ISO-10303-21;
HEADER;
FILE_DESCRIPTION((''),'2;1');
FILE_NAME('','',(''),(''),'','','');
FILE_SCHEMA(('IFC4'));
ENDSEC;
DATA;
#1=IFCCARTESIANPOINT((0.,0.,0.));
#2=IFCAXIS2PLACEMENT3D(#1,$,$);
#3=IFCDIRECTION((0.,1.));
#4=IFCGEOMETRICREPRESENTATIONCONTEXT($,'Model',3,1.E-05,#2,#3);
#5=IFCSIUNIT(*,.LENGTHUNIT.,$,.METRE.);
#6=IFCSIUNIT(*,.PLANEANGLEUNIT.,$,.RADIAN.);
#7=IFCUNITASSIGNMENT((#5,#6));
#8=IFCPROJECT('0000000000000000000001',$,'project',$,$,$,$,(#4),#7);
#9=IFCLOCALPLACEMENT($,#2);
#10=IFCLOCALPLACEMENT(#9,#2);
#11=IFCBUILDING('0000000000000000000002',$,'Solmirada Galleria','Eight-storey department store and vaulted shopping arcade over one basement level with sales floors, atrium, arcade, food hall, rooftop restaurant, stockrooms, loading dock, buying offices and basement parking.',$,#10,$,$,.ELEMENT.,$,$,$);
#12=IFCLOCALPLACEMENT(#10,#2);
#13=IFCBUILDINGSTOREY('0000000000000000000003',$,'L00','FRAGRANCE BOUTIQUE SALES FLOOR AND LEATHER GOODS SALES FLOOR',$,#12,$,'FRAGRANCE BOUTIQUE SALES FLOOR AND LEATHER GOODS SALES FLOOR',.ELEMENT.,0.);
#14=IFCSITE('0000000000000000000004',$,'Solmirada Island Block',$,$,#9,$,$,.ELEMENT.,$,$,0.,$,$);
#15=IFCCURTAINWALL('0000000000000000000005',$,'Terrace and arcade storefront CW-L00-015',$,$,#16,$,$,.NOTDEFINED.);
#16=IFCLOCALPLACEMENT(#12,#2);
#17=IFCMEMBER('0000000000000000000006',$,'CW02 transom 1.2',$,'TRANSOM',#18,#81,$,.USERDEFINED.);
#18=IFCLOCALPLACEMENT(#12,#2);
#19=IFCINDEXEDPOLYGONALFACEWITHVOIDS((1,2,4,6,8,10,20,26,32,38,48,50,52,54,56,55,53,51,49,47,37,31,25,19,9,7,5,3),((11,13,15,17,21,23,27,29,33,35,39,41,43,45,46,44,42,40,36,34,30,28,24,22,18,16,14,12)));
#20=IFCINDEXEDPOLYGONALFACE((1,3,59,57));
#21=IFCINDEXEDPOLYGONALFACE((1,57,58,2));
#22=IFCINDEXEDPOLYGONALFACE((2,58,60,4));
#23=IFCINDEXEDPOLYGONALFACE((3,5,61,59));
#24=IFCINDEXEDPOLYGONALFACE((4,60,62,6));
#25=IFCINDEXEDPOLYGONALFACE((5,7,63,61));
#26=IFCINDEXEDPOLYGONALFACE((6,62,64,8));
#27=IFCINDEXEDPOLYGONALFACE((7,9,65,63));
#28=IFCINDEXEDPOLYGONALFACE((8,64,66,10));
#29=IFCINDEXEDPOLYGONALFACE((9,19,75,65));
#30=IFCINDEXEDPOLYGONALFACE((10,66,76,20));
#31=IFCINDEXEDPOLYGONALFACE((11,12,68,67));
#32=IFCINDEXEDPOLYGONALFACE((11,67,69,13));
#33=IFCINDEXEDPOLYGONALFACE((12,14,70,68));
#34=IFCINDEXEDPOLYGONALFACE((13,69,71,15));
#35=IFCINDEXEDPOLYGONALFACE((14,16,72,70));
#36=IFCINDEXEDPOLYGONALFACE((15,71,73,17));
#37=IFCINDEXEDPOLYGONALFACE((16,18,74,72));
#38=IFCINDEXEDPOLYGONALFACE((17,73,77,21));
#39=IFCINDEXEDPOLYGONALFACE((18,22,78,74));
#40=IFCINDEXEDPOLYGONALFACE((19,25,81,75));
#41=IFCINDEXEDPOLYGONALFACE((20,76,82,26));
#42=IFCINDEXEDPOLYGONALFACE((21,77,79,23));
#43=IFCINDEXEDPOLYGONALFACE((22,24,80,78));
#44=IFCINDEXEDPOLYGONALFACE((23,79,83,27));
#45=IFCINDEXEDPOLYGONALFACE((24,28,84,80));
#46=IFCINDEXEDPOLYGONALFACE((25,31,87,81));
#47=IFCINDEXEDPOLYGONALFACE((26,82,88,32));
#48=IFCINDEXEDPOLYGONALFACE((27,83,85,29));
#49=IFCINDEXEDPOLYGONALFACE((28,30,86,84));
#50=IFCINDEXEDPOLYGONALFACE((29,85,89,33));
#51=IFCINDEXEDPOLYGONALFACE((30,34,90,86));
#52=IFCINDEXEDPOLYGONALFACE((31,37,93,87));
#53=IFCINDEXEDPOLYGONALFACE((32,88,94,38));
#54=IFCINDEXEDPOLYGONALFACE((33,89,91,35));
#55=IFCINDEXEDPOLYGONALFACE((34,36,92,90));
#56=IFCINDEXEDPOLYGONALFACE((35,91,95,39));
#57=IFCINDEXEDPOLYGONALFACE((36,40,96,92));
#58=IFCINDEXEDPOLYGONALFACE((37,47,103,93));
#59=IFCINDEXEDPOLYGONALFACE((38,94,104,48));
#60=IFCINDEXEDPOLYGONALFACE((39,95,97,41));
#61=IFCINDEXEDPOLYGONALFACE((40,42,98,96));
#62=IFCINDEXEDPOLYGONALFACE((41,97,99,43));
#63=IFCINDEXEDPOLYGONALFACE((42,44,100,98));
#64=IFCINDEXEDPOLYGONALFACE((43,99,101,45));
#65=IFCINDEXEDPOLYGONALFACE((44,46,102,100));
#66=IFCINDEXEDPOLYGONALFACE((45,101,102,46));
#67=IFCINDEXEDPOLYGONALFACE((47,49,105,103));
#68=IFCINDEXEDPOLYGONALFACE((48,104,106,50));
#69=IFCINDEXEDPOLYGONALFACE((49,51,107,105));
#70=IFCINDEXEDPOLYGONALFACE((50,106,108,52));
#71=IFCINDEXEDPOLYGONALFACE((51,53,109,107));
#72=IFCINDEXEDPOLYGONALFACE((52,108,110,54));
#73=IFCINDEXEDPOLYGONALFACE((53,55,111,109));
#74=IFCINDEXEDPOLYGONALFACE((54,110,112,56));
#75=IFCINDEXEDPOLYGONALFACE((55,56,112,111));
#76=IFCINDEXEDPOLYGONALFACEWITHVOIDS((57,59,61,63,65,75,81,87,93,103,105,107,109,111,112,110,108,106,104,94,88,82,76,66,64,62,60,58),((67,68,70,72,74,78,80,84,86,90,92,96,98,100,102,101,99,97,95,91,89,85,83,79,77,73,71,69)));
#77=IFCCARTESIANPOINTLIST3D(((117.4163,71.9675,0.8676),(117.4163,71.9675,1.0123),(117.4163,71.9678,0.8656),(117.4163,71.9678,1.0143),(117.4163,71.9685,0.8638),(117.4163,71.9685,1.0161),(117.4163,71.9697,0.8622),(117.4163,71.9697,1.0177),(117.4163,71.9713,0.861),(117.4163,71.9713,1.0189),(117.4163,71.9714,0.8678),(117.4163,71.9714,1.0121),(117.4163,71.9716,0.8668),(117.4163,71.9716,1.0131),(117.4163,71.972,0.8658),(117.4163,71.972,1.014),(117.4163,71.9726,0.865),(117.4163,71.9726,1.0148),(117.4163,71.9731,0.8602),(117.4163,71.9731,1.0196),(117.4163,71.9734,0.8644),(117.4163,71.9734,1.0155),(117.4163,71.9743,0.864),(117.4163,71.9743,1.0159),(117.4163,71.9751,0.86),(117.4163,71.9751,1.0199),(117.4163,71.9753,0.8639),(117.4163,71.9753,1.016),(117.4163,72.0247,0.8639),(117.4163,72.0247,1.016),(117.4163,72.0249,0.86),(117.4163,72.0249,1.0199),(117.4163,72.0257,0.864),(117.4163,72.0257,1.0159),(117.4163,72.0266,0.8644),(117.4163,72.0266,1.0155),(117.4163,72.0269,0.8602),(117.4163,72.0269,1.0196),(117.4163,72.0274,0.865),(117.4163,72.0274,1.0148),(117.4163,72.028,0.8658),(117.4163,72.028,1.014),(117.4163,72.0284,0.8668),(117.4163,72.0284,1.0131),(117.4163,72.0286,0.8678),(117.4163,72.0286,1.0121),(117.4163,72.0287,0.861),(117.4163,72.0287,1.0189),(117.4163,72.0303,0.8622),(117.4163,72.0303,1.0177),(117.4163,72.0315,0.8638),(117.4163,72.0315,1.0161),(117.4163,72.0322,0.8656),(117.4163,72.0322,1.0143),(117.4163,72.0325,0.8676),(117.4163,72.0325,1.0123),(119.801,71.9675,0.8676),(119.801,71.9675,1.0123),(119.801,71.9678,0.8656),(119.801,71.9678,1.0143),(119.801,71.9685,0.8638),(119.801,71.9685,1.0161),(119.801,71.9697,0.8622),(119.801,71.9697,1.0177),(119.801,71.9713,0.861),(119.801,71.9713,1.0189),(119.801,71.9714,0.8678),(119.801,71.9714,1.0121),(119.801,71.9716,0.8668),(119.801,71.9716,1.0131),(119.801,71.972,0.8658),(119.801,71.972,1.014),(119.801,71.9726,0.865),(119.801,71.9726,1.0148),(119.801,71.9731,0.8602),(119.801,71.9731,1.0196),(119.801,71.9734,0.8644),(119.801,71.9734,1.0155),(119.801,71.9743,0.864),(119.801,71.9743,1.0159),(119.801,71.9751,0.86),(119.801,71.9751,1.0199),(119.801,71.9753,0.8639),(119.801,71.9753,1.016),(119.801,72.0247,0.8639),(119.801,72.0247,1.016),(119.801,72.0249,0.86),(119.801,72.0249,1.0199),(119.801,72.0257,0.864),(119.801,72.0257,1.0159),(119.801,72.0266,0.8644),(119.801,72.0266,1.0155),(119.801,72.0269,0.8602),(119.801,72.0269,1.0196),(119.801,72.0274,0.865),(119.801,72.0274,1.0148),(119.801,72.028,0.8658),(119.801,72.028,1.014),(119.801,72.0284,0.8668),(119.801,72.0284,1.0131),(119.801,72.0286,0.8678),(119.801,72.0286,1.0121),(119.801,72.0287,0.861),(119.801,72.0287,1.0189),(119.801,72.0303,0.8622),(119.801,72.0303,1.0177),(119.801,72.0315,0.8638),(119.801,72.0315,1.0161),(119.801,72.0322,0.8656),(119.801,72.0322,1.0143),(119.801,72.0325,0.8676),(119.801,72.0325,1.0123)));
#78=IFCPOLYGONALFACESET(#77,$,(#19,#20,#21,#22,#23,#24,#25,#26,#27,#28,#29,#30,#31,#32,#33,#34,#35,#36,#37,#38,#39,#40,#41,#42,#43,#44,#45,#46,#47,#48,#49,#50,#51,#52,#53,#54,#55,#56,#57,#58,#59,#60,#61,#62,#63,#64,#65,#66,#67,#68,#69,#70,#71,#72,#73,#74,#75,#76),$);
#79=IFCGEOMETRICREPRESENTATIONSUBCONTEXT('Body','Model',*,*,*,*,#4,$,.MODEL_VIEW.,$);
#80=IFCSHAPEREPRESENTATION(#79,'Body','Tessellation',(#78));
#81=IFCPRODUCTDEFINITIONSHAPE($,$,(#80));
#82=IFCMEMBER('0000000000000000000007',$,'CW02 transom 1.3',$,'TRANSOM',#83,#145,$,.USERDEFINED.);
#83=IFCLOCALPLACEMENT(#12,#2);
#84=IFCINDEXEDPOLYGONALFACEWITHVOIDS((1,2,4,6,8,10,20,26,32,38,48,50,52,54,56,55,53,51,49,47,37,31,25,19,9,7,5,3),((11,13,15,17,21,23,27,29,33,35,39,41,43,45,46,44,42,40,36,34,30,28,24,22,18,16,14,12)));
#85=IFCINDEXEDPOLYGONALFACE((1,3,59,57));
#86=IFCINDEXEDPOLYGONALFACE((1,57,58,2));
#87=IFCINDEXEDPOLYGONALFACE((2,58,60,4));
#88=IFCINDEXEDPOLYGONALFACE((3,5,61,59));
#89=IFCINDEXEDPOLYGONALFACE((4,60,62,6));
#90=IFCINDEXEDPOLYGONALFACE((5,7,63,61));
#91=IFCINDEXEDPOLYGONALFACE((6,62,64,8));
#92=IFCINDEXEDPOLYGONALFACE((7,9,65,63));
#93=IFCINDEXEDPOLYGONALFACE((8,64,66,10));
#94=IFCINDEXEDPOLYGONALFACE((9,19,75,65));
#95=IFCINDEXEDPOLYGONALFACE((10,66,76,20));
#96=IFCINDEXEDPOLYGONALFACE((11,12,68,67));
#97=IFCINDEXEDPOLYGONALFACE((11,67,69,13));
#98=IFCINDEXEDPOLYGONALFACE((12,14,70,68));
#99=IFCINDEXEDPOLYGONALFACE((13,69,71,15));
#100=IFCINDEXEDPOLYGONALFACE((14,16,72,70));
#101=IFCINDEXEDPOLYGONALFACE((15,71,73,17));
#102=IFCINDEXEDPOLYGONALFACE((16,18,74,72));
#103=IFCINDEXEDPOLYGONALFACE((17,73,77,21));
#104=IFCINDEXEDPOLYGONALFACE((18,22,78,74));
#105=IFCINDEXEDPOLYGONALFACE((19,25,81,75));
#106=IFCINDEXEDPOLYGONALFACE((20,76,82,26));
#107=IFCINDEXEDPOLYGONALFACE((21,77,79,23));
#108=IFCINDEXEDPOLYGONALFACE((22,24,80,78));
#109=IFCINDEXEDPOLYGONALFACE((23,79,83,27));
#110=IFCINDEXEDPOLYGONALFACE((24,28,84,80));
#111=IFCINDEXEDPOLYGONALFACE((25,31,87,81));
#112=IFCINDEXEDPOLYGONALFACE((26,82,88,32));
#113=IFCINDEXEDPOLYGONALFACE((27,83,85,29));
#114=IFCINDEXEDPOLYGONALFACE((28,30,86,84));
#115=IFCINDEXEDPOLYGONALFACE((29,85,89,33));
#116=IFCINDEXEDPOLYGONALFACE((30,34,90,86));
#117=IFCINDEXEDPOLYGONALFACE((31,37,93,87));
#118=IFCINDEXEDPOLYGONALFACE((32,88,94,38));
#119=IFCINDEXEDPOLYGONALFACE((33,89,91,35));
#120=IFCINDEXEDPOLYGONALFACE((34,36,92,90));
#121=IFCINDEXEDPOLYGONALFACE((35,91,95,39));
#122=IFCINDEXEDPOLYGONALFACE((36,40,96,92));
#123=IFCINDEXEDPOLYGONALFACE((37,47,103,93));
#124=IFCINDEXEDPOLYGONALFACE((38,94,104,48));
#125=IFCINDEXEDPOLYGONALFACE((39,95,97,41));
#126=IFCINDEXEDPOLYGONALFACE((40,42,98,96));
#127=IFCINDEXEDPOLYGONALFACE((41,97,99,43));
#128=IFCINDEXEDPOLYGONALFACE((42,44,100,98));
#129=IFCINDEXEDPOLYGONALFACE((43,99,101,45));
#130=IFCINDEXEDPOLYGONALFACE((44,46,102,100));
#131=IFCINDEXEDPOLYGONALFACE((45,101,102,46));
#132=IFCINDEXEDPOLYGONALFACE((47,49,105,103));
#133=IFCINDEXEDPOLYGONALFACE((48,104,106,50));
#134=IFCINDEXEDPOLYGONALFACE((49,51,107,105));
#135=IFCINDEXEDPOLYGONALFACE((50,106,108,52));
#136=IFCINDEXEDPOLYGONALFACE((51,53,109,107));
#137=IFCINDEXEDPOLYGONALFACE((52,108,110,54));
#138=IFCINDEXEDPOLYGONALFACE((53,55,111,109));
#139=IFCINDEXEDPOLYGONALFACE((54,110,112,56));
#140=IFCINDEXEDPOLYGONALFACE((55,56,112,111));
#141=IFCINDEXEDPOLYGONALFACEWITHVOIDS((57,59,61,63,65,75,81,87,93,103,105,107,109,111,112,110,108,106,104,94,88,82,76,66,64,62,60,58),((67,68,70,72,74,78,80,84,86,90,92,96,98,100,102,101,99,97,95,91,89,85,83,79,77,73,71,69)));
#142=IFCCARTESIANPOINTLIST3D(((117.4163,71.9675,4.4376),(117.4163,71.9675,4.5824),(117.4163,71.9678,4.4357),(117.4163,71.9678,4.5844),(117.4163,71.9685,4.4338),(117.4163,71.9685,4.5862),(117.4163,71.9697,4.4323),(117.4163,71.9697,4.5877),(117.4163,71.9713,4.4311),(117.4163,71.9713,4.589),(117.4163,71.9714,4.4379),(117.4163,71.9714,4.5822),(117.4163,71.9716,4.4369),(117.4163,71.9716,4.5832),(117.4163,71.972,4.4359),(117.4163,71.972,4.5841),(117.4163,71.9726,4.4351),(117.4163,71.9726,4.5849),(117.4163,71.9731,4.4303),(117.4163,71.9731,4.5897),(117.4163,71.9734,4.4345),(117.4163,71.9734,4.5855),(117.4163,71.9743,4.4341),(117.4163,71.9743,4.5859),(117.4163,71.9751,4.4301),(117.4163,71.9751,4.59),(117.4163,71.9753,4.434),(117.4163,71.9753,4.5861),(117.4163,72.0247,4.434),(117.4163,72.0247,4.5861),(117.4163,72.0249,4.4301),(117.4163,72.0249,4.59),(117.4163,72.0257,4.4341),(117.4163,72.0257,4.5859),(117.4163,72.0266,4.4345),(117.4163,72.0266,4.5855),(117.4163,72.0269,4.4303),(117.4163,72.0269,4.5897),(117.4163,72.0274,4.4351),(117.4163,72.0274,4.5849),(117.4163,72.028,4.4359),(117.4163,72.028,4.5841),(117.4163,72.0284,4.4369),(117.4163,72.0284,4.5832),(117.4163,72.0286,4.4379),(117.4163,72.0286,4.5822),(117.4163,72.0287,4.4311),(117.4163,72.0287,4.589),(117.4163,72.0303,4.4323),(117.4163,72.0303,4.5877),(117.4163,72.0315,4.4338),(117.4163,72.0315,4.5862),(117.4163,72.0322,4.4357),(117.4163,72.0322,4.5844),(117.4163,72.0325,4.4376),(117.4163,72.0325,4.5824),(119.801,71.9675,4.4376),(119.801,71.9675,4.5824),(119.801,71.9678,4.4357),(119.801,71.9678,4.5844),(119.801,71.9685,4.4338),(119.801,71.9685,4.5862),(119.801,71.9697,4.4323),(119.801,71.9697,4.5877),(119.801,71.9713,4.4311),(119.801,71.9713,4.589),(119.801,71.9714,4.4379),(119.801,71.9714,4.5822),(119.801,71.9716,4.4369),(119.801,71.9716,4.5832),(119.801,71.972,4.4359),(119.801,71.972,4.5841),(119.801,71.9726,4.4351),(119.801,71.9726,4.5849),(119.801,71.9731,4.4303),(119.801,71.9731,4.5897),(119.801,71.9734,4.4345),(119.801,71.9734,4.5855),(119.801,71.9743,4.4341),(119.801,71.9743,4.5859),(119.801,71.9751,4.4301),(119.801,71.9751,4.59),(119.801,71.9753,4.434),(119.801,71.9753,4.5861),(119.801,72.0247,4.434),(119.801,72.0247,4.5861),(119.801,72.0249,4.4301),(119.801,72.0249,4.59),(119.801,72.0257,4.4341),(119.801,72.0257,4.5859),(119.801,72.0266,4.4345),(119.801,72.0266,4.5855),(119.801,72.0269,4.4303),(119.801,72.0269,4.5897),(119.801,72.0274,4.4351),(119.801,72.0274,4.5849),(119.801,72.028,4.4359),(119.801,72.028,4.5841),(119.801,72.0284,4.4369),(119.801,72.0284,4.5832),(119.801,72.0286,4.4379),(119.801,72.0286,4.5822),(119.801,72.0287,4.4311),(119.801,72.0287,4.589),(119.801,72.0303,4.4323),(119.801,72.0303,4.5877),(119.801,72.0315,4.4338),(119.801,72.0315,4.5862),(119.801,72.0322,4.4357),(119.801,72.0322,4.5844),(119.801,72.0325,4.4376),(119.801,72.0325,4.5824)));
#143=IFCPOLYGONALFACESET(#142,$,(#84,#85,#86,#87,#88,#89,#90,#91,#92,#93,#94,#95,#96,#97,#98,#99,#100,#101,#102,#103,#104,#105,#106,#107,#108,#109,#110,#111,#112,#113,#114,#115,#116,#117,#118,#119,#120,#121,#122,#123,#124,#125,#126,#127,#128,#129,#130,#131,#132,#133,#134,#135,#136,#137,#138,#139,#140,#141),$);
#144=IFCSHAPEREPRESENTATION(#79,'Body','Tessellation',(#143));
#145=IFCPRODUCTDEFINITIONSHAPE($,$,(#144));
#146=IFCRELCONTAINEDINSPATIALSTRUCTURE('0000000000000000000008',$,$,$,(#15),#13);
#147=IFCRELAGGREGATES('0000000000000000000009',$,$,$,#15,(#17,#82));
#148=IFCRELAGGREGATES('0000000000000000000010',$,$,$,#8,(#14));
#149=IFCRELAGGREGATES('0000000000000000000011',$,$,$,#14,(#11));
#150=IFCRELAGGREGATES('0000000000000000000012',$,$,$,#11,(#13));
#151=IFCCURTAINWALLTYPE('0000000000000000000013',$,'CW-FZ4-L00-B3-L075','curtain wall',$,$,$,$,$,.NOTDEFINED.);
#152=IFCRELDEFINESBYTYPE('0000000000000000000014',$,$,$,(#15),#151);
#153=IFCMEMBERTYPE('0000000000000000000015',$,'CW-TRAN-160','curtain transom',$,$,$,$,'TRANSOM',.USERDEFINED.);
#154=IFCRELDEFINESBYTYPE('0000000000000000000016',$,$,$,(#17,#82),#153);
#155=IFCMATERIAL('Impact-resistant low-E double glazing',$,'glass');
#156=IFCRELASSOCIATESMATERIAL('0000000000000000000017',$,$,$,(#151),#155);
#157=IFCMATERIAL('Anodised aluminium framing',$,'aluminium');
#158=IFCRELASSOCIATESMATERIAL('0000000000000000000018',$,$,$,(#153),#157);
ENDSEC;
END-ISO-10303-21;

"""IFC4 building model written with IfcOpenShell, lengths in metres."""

from ifc_helpers import new_model, si_unit, direction, frame, origin, origin_2d, place, context, subcontext, project, spatial, hollow_rectangle, extrude, material, material_profile, profile_set, type_object, element, aggregate, save


model = new_model("IFC4")

# Units and contexts
model_context = context("Model", 3, precision=1e-05, world=origin(), true_north=direction((0.0, 1.0)))
body_context = subcontext(model_context, "Body", "Model", "MODEL_VIEW")
ifc_project = project(units=[si_unit("LENGTHUNIT", "METRE"), si_unit("PLANEANGLEUNIT", "RADIAN")], contexts=[model_context])

# Site, building, storey
site_placement = place(None, origin())
site = spatial("IfcSite", under=ifc_project, at=site_placement, Name="Solmirada Island Block", CompositionType="ELEMENT", RefElevation=0.0)
building_placement = place(site_placement, origin())
building = spatial("IfcBuilding", under=site, at=building_placement, Name="Solmirada Galleria", Description="Eight-storey department store and vaulted shopping arcade over one basement level with sales floors, atrium, arcade, food hall, rooftop restaurant, stockrooms, loading dock, buying offices and basement parking.", CompositionType="ELEMENT")
storey_placement = place(building_placement, origin())
storey = spatial("IfcBuildingStorey", under=building, at=storey_placement, Name="L00", Description="FRAGRANCE BOUTIQUE SALES FLOOR AND LEATHER GOODS SALES FLOOR", LongName="FRAGRANCE BOUTIQUE SALES FLOOR AND LEATHER GOODS SALES FLOOR", CompositionType="ELEMENT", Elevation=0.0)

# Curtain wall
ifc_material_1 = material(Name="Impact-resistant low-E double glazing", Category="glass")
curtain_wall_type_1 = type_object("IfcCurtainWallType", Name="CW-FZ4-L00-B3-L075", Description="curtain wall", PredefinedType="NOTDEFINED", material=ifc_material_1)
curtain_wall_1_placement = place(storey_placement, origin())
curtain_wall_1 = element("IfcCurtainWall", 1, at=curtain_wall_1_placement, inside=storey, type_object=curtain_wall_type_1, Name="Terrace and arcade storefront CW-L00-015", PredefinedType="NOTDEFINED")
ifc_material_2 = material(Name="Anodised aluminium framing", Category="aluminium")

# Members
ifc_material_profile_1 = material_profile(ifc_material_2, hollow_rectangle(XDim=0.0649, YDim=0.1599, WallThickness=0.0039, InnerFilletRadius=0.0039, OuterFilletRadius=0.0076, at=origin_2d()), Name="ALU-TRAN-160X65")
ifc_profile_set_1 = profile_set([ifc_material_profile_1], Name="Anodised aluminium framing")
member_type_1 = type_object("IfcMemberType", Name="CW-TRAN-160", Description="curtain transom", ElementType="TRANSOM", PredefinedType="USERDEFINED", material=ifc_profile_set_1)
member_1_placement = place(storey_placement, frame((119.801, 72.0, 0.9399), z_axis=(-1.0, 0.0, 0.0), x_axis=(0.0, -1.0, 0.0)))
member_1 = element("IfcMember", 2, at=member_1_placement, type_object=member_type_1, Name="CW02 transom 1.2", ObjectType="TRANSOM", PredefinedType="USERDEFINED", context=body_context, shape_type="SweptSolid", body=[
    extrude(hollow_rectangle(XDim=0.0649, YDim=0.1599, WallThickness=0.0039, InnerFilletRadius=0.0039, OuterFilletRadius=0.0076, at=origin_2d()), origin(), (0.0, 0.0, 1.0), 2.3848),
])
member_2_placement = place(storey_placement, frame((119.801, 72.0, 4.51), z_axis=(-1.0, 0.0, 0.0), x_axis=(0.0, -1.0, 0.0)))
member_2 = element("IfcMember", 3, at=member_2_placement, type_object=member_type_1, Name="CW02 transom 1.3", ObjectType="TRANSOM", PredefinedType="USERDEFINED", context=body_context, shape_type="SweptSolid", body=[
    extrude(hollow_rectangle(XDim=0.0649, YDim=0.1599, WallThickness=0.0039, InnerFilletRadius=0.0039, OuterFilletRadius=0.0076, at=origin_2d()), origin(), (0.0, 0.0, 1.0), 2.3848),
])

aggregate(curtain_wall_1, [member_1, member_2])

save(model, "model.ifc")
